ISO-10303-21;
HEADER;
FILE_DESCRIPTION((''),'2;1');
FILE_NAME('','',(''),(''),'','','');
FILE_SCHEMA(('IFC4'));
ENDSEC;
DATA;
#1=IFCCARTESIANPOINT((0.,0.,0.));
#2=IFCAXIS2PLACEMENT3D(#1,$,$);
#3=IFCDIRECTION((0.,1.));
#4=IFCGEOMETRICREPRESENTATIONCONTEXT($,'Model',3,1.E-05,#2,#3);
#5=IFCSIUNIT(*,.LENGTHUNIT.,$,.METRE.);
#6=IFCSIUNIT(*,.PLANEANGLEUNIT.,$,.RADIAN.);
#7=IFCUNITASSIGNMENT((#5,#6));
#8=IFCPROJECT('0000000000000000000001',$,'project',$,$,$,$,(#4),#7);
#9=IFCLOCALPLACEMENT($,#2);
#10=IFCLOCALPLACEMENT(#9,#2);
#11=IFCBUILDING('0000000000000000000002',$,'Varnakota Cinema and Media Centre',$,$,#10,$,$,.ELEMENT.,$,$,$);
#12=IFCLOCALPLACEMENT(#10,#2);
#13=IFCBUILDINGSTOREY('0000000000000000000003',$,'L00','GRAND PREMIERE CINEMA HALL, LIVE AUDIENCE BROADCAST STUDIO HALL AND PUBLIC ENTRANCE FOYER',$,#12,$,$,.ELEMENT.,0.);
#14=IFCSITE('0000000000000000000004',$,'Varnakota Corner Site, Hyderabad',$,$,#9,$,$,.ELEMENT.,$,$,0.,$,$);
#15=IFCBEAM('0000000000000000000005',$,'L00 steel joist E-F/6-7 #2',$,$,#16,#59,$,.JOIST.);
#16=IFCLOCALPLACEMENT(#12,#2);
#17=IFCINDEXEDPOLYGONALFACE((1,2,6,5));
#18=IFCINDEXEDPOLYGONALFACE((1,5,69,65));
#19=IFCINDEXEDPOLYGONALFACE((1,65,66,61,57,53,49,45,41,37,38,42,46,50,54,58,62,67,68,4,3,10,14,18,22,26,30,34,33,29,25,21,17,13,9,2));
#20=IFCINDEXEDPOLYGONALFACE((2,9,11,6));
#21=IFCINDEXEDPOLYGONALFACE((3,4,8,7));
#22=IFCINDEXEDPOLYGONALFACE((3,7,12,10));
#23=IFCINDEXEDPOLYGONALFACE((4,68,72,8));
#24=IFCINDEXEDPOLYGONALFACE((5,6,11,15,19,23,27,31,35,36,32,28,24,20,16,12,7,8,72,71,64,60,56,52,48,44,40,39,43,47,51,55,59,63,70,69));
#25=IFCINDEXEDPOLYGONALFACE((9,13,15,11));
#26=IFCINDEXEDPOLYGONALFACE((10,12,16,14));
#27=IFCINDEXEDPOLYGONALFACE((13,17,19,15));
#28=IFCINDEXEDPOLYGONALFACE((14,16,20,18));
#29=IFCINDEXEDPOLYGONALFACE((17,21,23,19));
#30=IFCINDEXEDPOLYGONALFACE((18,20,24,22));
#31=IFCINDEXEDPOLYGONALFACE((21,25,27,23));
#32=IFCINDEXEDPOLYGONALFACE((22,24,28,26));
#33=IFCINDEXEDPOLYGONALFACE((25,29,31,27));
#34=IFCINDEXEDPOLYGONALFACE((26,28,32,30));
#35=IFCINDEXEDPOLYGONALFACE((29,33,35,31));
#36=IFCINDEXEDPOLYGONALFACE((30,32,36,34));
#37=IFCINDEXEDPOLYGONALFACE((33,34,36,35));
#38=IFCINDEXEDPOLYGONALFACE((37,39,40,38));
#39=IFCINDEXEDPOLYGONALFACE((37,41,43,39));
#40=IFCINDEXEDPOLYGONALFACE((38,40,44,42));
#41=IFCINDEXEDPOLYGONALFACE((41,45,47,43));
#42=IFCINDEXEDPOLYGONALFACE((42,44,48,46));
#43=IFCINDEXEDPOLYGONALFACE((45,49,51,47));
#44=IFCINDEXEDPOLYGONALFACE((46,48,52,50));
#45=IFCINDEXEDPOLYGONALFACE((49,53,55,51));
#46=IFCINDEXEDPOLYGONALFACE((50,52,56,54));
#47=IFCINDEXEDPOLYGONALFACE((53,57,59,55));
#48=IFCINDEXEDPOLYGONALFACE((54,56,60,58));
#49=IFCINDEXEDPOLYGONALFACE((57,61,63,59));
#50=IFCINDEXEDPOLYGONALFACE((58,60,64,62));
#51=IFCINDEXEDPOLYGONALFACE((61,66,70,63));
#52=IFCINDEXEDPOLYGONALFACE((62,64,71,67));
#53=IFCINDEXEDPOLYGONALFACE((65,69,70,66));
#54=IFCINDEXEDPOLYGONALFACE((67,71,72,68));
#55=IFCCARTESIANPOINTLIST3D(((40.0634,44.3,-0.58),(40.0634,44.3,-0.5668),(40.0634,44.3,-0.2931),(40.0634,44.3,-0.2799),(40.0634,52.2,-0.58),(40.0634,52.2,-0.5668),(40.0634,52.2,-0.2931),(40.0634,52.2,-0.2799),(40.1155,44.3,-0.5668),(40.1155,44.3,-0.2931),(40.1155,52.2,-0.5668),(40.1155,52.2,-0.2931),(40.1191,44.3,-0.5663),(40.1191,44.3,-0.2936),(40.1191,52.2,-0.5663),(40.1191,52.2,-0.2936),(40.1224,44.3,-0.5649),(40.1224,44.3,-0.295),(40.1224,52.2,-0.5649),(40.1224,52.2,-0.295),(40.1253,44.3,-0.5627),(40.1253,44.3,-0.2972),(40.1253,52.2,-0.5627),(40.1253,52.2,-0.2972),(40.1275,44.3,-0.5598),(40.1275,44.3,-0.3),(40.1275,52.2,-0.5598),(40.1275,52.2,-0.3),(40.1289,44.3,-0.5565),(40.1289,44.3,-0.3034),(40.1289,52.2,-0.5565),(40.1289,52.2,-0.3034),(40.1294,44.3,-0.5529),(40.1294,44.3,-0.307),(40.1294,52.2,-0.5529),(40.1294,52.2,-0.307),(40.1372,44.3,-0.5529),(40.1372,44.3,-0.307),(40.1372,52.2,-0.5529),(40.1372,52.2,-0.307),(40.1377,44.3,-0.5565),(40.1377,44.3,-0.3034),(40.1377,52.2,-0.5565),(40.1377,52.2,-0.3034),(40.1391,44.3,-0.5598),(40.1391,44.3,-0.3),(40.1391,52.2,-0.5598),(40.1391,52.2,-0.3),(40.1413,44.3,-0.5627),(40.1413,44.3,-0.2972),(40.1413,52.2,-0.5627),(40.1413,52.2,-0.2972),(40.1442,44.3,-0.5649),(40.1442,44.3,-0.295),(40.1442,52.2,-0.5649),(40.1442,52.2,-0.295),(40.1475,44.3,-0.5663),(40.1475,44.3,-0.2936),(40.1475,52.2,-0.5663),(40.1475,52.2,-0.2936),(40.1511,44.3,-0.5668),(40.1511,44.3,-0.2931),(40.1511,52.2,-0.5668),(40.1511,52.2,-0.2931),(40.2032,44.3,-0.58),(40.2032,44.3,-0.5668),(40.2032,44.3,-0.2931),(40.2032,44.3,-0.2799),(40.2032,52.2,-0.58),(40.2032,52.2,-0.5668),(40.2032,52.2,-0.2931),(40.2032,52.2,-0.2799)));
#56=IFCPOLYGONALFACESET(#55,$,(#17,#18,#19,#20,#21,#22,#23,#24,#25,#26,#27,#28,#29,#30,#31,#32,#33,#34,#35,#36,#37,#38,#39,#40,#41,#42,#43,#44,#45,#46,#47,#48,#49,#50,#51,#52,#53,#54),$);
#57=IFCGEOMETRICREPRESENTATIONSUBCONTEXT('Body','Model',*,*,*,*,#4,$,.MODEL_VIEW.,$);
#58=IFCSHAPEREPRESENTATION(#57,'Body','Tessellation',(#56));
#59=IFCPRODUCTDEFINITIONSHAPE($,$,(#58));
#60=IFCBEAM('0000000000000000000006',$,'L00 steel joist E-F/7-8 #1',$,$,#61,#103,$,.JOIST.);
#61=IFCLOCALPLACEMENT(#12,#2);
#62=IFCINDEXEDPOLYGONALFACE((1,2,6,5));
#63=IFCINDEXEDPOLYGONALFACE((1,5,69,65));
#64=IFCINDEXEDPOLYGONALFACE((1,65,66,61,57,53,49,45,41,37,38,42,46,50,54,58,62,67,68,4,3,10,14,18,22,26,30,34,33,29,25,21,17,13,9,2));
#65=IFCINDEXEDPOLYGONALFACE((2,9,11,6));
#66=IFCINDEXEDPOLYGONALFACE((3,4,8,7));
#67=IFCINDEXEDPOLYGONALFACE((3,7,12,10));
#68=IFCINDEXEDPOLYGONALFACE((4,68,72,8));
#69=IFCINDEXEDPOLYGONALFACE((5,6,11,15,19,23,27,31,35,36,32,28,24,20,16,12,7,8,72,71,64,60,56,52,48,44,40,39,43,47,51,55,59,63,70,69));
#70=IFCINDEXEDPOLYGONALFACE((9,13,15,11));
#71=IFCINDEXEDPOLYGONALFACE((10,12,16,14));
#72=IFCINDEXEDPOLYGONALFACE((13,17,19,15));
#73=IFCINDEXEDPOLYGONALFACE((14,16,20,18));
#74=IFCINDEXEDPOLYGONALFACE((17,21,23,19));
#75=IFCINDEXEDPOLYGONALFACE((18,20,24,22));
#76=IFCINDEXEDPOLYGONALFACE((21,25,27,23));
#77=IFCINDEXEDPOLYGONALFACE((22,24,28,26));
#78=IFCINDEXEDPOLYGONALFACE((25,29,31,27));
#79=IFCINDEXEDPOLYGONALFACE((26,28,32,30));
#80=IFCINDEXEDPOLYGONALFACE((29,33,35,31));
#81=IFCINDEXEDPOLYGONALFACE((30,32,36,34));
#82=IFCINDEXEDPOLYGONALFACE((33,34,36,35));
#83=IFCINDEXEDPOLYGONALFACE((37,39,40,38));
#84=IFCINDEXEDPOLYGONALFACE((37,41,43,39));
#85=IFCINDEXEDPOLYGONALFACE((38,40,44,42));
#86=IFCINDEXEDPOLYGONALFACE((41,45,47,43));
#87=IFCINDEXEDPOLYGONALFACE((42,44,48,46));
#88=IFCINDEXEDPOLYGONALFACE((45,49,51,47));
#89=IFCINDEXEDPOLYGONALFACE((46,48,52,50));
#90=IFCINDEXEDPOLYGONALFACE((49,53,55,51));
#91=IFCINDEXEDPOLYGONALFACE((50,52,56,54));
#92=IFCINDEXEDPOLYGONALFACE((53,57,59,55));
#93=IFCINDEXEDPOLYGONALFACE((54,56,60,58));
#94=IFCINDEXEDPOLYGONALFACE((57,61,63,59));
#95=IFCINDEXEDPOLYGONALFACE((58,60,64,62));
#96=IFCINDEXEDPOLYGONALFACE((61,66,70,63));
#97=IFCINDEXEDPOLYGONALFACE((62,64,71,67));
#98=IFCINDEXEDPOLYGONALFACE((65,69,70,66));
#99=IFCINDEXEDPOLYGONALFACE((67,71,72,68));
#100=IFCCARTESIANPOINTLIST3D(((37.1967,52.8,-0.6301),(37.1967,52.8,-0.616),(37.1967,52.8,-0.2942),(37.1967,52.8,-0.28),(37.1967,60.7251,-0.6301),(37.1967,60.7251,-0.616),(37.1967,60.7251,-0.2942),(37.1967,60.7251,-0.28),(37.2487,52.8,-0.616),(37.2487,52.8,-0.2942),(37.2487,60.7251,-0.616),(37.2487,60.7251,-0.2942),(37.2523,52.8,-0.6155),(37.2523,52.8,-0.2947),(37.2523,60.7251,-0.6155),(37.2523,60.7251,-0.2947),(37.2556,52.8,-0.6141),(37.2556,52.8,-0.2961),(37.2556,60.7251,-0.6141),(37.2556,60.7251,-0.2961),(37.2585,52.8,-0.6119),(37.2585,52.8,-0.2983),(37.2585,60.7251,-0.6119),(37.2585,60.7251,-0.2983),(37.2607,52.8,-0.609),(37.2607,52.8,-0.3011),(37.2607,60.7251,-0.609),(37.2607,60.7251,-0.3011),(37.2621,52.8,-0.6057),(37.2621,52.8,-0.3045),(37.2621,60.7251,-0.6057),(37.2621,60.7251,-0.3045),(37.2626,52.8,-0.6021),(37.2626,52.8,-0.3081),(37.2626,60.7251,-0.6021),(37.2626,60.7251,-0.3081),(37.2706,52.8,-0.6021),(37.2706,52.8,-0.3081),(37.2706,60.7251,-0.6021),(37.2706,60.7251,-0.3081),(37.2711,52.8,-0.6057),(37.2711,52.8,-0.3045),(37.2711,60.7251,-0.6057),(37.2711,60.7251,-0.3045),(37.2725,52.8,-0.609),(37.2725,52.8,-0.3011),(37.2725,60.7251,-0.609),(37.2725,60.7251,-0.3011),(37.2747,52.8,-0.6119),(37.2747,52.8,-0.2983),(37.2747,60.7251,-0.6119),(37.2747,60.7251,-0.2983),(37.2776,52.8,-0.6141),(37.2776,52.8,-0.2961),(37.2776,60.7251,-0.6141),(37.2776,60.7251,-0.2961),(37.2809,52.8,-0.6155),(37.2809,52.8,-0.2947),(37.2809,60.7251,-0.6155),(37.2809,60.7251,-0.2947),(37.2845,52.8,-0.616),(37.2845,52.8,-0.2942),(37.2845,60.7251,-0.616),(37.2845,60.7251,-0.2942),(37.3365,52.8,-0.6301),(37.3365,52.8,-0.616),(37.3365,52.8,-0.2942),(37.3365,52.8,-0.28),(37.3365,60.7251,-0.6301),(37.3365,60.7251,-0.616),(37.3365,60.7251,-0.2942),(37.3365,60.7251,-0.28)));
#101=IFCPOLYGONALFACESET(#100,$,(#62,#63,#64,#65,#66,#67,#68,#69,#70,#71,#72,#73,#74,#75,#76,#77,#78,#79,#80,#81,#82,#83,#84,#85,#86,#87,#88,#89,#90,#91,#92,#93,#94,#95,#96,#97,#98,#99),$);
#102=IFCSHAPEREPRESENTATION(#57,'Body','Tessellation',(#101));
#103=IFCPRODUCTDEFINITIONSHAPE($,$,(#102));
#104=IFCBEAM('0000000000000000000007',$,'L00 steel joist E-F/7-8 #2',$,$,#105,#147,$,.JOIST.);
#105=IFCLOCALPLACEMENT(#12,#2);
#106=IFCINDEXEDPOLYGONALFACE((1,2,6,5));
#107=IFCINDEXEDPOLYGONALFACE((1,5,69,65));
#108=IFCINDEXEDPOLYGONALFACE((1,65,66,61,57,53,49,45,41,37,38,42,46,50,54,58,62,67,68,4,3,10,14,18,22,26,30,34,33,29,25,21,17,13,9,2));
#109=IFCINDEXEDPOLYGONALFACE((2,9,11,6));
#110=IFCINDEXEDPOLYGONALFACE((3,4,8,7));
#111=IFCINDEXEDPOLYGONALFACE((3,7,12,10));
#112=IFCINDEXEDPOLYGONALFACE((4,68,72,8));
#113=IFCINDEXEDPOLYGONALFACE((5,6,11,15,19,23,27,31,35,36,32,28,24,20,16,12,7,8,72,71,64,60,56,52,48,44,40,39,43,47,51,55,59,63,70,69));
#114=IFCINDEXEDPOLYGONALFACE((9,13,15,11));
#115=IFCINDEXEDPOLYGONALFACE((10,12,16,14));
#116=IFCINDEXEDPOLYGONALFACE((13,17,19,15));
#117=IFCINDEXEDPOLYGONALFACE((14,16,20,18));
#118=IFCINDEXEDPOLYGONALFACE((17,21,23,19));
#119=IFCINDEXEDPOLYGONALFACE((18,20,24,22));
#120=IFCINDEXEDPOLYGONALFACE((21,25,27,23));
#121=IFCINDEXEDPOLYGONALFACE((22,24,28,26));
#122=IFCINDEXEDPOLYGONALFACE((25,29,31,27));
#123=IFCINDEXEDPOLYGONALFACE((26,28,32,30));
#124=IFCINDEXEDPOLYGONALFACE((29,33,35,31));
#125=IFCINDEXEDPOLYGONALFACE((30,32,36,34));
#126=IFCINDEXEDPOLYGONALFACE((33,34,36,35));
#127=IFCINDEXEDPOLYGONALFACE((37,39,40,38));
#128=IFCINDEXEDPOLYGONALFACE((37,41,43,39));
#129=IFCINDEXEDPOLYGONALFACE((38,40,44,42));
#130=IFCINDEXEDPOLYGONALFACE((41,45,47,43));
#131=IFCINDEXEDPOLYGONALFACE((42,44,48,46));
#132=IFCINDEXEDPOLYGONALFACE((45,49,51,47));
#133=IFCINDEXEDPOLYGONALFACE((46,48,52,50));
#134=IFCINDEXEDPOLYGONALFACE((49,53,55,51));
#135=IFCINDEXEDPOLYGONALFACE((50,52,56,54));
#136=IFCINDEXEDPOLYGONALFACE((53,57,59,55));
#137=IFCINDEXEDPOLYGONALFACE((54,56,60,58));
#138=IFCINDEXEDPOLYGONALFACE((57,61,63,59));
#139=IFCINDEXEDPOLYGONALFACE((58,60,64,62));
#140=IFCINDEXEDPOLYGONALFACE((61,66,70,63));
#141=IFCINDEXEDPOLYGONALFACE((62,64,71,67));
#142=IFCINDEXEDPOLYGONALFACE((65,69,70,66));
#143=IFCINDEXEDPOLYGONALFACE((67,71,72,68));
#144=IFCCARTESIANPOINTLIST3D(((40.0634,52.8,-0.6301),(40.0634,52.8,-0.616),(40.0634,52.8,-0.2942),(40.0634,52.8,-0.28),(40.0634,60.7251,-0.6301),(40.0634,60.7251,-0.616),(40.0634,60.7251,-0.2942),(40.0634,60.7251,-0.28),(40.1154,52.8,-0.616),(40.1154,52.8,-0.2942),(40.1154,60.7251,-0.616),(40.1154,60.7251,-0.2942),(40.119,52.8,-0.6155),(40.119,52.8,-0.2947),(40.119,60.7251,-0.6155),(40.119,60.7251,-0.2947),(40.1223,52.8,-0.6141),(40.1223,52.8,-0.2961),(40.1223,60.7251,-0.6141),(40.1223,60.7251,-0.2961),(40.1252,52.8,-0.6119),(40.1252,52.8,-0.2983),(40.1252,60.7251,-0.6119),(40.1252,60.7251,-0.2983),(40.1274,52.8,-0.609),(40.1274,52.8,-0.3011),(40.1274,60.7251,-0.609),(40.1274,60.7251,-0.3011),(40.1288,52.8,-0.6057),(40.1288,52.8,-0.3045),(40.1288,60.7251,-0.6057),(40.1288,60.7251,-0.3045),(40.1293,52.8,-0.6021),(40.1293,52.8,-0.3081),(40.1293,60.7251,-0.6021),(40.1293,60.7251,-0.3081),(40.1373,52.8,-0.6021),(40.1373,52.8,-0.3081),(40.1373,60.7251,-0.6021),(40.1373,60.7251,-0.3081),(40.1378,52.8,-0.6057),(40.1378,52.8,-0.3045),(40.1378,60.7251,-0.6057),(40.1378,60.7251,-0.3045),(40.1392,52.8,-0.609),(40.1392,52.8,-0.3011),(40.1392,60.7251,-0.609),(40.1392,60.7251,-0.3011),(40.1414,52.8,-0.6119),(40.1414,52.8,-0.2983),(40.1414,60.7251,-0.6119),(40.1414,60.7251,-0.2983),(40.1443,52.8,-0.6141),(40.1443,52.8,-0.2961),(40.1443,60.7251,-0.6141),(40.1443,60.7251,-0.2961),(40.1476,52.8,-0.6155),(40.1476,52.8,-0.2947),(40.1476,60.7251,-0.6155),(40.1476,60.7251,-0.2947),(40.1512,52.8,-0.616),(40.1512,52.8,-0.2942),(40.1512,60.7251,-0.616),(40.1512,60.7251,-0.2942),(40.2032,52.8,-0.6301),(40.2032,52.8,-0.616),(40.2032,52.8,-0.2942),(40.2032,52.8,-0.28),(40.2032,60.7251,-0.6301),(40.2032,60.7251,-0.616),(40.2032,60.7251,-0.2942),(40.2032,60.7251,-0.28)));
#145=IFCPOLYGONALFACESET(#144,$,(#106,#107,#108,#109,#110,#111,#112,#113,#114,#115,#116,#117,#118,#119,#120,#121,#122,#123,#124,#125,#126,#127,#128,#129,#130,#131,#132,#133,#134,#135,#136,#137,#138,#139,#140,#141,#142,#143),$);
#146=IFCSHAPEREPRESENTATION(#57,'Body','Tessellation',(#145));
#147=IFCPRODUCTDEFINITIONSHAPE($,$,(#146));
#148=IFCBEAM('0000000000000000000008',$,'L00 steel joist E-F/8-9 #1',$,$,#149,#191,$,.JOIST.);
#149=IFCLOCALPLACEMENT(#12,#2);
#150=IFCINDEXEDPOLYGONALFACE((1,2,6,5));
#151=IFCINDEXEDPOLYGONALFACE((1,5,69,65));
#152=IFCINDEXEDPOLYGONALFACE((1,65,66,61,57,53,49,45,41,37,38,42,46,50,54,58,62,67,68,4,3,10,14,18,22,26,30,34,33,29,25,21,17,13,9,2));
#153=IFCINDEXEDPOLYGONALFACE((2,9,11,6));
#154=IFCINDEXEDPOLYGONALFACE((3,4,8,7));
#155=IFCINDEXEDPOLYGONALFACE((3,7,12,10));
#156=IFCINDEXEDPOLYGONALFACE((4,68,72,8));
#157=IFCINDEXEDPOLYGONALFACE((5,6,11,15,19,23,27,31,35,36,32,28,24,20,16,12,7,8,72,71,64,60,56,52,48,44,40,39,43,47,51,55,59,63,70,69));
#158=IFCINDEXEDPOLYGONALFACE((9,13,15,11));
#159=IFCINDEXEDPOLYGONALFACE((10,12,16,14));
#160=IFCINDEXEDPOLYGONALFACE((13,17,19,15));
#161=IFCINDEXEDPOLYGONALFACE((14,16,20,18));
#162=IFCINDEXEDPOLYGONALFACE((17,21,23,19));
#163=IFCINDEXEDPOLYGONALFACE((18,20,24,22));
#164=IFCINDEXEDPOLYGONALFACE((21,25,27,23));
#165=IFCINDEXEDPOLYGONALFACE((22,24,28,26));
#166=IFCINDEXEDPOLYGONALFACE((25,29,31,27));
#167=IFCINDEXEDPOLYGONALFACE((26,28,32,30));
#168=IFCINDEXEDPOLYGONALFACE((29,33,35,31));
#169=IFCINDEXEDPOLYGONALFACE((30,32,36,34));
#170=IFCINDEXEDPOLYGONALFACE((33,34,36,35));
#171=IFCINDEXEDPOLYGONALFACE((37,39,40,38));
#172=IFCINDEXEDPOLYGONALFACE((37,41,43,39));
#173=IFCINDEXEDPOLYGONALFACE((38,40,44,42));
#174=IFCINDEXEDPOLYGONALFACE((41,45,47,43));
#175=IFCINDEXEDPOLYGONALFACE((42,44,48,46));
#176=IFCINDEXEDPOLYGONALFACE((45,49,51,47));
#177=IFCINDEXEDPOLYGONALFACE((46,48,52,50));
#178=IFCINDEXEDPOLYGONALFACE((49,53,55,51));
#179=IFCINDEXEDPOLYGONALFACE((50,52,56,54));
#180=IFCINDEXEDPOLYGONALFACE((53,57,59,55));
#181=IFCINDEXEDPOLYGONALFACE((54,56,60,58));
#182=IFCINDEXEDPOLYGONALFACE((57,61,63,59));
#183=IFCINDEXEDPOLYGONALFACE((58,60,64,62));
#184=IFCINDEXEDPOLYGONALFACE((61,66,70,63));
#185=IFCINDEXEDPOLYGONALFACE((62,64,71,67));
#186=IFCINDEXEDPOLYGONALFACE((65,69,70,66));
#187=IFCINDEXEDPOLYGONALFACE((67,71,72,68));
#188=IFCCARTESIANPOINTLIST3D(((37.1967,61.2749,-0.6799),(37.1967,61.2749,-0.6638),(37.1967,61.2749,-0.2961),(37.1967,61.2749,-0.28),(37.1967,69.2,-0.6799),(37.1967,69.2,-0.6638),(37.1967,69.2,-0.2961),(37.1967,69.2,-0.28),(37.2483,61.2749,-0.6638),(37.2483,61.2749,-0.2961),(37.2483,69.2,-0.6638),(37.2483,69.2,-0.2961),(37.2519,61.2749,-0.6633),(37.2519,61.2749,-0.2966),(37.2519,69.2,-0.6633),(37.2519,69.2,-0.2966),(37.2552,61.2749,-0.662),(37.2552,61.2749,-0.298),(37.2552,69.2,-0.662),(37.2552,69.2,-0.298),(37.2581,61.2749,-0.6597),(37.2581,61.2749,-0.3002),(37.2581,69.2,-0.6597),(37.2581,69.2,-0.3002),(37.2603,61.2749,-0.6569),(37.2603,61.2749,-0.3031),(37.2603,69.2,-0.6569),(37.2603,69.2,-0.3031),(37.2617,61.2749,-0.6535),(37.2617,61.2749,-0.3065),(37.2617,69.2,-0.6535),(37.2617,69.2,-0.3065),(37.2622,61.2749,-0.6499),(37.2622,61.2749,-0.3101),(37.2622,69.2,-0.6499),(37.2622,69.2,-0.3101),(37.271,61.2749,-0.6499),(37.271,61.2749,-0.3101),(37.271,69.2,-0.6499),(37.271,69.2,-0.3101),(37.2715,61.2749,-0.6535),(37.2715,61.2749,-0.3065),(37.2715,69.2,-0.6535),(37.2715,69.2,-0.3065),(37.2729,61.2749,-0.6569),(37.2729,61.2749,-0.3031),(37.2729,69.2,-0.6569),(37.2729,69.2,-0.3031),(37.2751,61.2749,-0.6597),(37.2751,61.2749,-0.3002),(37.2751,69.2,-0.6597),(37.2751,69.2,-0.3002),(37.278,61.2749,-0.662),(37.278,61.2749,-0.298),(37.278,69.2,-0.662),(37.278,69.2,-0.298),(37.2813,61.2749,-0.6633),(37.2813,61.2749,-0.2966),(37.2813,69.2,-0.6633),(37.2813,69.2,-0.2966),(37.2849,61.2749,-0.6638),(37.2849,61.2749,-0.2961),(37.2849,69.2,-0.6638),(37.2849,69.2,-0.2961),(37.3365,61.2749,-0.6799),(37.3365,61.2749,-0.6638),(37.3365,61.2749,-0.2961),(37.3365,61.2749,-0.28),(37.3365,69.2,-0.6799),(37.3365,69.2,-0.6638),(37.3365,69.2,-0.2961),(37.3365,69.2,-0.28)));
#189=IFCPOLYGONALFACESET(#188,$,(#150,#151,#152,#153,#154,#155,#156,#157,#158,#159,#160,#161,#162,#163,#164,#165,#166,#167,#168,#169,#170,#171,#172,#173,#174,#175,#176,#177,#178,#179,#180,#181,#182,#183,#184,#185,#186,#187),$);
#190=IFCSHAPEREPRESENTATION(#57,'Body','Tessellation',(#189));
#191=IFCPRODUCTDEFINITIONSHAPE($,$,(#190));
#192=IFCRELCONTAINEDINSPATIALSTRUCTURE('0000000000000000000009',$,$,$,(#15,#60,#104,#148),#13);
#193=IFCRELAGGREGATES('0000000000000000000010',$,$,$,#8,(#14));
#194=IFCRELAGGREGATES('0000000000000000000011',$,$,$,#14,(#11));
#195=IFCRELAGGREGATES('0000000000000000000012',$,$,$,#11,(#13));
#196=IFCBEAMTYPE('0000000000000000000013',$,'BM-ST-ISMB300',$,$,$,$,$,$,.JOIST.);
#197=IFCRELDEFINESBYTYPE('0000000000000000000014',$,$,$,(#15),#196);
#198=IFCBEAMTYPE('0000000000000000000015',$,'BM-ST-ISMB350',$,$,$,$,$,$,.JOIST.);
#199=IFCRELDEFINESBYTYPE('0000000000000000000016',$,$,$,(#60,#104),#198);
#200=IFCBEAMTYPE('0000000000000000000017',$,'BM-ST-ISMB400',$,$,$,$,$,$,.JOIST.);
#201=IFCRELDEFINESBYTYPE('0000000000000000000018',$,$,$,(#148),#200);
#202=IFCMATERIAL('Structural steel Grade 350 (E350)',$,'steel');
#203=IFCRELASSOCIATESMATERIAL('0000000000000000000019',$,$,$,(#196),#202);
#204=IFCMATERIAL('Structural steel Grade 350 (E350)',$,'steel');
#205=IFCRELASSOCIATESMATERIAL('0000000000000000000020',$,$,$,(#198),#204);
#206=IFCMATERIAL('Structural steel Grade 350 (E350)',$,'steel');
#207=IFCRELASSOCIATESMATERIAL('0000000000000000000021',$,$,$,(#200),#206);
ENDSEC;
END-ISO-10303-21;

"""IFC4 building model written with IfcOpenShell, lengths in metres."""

from ifc_helpers import new_model, si_unit, direction, frame, origin, origin_2d, place, context, subcontext, project, spatial, i_section, extrude, material, material_profile, profile_set, type_object, element, save


model = new_model("IFC4")

# Units and contexts
model_context = context("Model", 3, precision=1e-05, world=origin(), true_north=direction((0.0, 1.0)))
body_context = subcontext(model_context, "Body", "Model", "MODEL_VIEW")
ifc_project = project(units=[si_unit("LENGTHUNIT", "METRE"), si_unit("PLANEANGLEUNIT", "RADIAN")], contexts=[model_context])

# Site, building, storey
site_placement = place(None, origin())
site = spatial("IfcSite", under=ifc_project, at=site_placement, Name="Varnakota Corner Site, Hyderabad", CompositionType="ELEMENT", RefElevation=0.0)
building_placement = place(site_placement, origin())
building = spatial("IfcBuilding", under=site, at=building_placement, Name="Varnakota Cinema and Media Centre", CompositionType="ELEMENT")
storey_placement = place(building_placement, origin())
storey = spatial("IfcBuildingStorey", under=building, at=storey_placement, Name="L00", Description="GRAND PREMIERE CINEMA HALL, LIVE AUDIENCE BROADCAST STUDIO HALL AND PUBLIC ENTRANCE FOYER", CompositionType="ELEMENT", Elevation=0.0)

# Beams
ifc_material_1 = material(Name="Structural steel Grade 350 (E350)", Category="steel")
ifc_material_profile_1 = material_profile(ifc_material_1, i_section(OverallWidth=0.1399, OverallDepth=0.3, WebThickness=0.0078, FlangeThickness=0.0132, FilletRadius=0.0139, at=origin_2d()), Name="ISMB 300")
ifc_profile_set_1 = profile_set([ifc_material_profile_1], Name="Structural steel Grade 350 (E350)")
beam_type_1 = type_object("IfcBeamType", Name="BM-ST-ISMB300", PredefinedType="JOIST", material=ifc_profile_set_1)
for number, where, z_axis, x_axis, name in (
    (1, (40.1333, 44.3, -0.4299), (0.0, 1.0, 0.0), (-1.0, 0.0, 0.0), "L00 steel joist E-F/6-7 #2"),
):
    element("IfcBeam", number, at=place(storey_placement, frame(where, z_axis=z_axis, x_axis=x_axis)), inside=storey, type_object=beam_type_1, Name=name, PredefinedType="JOIST", context=body_context, shape_type="SweptSolid", body=[
        extrude(i_section(OverallWidth=0.1399, OverallDepth=0.3, WebThickness=0.0078, FlangeThickness=0.0132, FilletRadius=0.0139, at=origin_2d()), origin(), (0.0, 0.0, 1.0), 7.8999),
    ])
ifc_material_2 = material(Name="Structural steel Grade 350 (E350)", Category="steel")
ifc_material_profile_2 = material_profile(ifc_material_2, i_section(OverallWidth=0.1399, OverallDepth=0.3501, WebThickness=0.0081, FlangeThickness=0.0142, FilletRadius=0.0139, at=origin_2d()), Name="ISMB 350")
ifc_profile_set_2 = profile_set([ifc_material_profile_2], Name="Structural steel Grade 350 (E350)")
beam_type_2 = type_object("IfcBeamType", Name="BM-ST-ISMB350", PredefinedType="JOIST", material=ifc_profile_set_2)
for number, where, z_axis, x_axis, name in (
    (2, (37.2666, 52.8, -0.4551), (0.0, 1.0, 0.0), (-1.0, 0.0, 0.0), "L00 steel joist E-F/7-8 #1"),
    (3, (40.1333, 52.8, -0.4551), (0.0, 1.0, 0.0), (-1.0, 0.0, 0.0), "L00 steel joist E-F/7-8 #2"),
):
    element("IfcBeam", number, at=place(storey_placement, frame(where, z_axis=z_axis, x_axis=x_axis)), inside=storey, type_object=beam_type_2, Name=name, PredefinedType="JOIST", context=body_context, shape_type="SweptSolid", body=[
        extrude(i_section(OverallWidth=0.1399, OverallDepth=0.3501, WebThickness=0.0081, FlangeThickness=0.0142, FilletRadius=0.0139, at=origin_2d()), origin(), (0.0, 0.0, 1.0), 7.925),
    ])
ifc_material_3 = material(Name="Structural steel Grade 350 (E350)", Category="steel")
ifc_material_profile_3 = material_profile(ifc_material_3, i_section(OverallWidth=0.1399, OverallDepth=0.3999, WebThickness=0.0088, FlangeThickness=0.0161, FilletRadius=0.0139, at=origin_2d()), Name="ISMB 400")
ifc_profile_set_3 = profile_set([ifc_material_profile_3], Name="Structural steel Grade 350 (E350)")
beam_type_3 = type_object("IfcBeamType", Name="BM-ST-ISMB400", PredefinedType="JOIST", material=ifc_profile_set_3)
for number, where, z_axis, x_axis, name in (
    (4, (37.2666, 61.2749, -0.48), (0.0, 1.0, 0.0), (-1.0, 0.0, 0.0), "L00 steel joist E-F/8-9 #1"),
):
    element("IfcBeam", number, at=place(storey_placement, frame(where, z_axis=z_axis, x_axis=x_axis)), inside=storey, type_object=beam_type_3, Name=name, PredefinedType="JOIST", context=body_context, shape_type="SweptSolid", body=[
        extrude(i_section(OverallWidth=0.1399, OverallDepth=0.3999, WebThickness=0.0088, FlangeThickness=0.0161, FilletRadius=0.0139, at=origin_2d()), origin(), (0.0, 0.0, 1.0), 7.925),
    ])

save(model, "model.ifc")
